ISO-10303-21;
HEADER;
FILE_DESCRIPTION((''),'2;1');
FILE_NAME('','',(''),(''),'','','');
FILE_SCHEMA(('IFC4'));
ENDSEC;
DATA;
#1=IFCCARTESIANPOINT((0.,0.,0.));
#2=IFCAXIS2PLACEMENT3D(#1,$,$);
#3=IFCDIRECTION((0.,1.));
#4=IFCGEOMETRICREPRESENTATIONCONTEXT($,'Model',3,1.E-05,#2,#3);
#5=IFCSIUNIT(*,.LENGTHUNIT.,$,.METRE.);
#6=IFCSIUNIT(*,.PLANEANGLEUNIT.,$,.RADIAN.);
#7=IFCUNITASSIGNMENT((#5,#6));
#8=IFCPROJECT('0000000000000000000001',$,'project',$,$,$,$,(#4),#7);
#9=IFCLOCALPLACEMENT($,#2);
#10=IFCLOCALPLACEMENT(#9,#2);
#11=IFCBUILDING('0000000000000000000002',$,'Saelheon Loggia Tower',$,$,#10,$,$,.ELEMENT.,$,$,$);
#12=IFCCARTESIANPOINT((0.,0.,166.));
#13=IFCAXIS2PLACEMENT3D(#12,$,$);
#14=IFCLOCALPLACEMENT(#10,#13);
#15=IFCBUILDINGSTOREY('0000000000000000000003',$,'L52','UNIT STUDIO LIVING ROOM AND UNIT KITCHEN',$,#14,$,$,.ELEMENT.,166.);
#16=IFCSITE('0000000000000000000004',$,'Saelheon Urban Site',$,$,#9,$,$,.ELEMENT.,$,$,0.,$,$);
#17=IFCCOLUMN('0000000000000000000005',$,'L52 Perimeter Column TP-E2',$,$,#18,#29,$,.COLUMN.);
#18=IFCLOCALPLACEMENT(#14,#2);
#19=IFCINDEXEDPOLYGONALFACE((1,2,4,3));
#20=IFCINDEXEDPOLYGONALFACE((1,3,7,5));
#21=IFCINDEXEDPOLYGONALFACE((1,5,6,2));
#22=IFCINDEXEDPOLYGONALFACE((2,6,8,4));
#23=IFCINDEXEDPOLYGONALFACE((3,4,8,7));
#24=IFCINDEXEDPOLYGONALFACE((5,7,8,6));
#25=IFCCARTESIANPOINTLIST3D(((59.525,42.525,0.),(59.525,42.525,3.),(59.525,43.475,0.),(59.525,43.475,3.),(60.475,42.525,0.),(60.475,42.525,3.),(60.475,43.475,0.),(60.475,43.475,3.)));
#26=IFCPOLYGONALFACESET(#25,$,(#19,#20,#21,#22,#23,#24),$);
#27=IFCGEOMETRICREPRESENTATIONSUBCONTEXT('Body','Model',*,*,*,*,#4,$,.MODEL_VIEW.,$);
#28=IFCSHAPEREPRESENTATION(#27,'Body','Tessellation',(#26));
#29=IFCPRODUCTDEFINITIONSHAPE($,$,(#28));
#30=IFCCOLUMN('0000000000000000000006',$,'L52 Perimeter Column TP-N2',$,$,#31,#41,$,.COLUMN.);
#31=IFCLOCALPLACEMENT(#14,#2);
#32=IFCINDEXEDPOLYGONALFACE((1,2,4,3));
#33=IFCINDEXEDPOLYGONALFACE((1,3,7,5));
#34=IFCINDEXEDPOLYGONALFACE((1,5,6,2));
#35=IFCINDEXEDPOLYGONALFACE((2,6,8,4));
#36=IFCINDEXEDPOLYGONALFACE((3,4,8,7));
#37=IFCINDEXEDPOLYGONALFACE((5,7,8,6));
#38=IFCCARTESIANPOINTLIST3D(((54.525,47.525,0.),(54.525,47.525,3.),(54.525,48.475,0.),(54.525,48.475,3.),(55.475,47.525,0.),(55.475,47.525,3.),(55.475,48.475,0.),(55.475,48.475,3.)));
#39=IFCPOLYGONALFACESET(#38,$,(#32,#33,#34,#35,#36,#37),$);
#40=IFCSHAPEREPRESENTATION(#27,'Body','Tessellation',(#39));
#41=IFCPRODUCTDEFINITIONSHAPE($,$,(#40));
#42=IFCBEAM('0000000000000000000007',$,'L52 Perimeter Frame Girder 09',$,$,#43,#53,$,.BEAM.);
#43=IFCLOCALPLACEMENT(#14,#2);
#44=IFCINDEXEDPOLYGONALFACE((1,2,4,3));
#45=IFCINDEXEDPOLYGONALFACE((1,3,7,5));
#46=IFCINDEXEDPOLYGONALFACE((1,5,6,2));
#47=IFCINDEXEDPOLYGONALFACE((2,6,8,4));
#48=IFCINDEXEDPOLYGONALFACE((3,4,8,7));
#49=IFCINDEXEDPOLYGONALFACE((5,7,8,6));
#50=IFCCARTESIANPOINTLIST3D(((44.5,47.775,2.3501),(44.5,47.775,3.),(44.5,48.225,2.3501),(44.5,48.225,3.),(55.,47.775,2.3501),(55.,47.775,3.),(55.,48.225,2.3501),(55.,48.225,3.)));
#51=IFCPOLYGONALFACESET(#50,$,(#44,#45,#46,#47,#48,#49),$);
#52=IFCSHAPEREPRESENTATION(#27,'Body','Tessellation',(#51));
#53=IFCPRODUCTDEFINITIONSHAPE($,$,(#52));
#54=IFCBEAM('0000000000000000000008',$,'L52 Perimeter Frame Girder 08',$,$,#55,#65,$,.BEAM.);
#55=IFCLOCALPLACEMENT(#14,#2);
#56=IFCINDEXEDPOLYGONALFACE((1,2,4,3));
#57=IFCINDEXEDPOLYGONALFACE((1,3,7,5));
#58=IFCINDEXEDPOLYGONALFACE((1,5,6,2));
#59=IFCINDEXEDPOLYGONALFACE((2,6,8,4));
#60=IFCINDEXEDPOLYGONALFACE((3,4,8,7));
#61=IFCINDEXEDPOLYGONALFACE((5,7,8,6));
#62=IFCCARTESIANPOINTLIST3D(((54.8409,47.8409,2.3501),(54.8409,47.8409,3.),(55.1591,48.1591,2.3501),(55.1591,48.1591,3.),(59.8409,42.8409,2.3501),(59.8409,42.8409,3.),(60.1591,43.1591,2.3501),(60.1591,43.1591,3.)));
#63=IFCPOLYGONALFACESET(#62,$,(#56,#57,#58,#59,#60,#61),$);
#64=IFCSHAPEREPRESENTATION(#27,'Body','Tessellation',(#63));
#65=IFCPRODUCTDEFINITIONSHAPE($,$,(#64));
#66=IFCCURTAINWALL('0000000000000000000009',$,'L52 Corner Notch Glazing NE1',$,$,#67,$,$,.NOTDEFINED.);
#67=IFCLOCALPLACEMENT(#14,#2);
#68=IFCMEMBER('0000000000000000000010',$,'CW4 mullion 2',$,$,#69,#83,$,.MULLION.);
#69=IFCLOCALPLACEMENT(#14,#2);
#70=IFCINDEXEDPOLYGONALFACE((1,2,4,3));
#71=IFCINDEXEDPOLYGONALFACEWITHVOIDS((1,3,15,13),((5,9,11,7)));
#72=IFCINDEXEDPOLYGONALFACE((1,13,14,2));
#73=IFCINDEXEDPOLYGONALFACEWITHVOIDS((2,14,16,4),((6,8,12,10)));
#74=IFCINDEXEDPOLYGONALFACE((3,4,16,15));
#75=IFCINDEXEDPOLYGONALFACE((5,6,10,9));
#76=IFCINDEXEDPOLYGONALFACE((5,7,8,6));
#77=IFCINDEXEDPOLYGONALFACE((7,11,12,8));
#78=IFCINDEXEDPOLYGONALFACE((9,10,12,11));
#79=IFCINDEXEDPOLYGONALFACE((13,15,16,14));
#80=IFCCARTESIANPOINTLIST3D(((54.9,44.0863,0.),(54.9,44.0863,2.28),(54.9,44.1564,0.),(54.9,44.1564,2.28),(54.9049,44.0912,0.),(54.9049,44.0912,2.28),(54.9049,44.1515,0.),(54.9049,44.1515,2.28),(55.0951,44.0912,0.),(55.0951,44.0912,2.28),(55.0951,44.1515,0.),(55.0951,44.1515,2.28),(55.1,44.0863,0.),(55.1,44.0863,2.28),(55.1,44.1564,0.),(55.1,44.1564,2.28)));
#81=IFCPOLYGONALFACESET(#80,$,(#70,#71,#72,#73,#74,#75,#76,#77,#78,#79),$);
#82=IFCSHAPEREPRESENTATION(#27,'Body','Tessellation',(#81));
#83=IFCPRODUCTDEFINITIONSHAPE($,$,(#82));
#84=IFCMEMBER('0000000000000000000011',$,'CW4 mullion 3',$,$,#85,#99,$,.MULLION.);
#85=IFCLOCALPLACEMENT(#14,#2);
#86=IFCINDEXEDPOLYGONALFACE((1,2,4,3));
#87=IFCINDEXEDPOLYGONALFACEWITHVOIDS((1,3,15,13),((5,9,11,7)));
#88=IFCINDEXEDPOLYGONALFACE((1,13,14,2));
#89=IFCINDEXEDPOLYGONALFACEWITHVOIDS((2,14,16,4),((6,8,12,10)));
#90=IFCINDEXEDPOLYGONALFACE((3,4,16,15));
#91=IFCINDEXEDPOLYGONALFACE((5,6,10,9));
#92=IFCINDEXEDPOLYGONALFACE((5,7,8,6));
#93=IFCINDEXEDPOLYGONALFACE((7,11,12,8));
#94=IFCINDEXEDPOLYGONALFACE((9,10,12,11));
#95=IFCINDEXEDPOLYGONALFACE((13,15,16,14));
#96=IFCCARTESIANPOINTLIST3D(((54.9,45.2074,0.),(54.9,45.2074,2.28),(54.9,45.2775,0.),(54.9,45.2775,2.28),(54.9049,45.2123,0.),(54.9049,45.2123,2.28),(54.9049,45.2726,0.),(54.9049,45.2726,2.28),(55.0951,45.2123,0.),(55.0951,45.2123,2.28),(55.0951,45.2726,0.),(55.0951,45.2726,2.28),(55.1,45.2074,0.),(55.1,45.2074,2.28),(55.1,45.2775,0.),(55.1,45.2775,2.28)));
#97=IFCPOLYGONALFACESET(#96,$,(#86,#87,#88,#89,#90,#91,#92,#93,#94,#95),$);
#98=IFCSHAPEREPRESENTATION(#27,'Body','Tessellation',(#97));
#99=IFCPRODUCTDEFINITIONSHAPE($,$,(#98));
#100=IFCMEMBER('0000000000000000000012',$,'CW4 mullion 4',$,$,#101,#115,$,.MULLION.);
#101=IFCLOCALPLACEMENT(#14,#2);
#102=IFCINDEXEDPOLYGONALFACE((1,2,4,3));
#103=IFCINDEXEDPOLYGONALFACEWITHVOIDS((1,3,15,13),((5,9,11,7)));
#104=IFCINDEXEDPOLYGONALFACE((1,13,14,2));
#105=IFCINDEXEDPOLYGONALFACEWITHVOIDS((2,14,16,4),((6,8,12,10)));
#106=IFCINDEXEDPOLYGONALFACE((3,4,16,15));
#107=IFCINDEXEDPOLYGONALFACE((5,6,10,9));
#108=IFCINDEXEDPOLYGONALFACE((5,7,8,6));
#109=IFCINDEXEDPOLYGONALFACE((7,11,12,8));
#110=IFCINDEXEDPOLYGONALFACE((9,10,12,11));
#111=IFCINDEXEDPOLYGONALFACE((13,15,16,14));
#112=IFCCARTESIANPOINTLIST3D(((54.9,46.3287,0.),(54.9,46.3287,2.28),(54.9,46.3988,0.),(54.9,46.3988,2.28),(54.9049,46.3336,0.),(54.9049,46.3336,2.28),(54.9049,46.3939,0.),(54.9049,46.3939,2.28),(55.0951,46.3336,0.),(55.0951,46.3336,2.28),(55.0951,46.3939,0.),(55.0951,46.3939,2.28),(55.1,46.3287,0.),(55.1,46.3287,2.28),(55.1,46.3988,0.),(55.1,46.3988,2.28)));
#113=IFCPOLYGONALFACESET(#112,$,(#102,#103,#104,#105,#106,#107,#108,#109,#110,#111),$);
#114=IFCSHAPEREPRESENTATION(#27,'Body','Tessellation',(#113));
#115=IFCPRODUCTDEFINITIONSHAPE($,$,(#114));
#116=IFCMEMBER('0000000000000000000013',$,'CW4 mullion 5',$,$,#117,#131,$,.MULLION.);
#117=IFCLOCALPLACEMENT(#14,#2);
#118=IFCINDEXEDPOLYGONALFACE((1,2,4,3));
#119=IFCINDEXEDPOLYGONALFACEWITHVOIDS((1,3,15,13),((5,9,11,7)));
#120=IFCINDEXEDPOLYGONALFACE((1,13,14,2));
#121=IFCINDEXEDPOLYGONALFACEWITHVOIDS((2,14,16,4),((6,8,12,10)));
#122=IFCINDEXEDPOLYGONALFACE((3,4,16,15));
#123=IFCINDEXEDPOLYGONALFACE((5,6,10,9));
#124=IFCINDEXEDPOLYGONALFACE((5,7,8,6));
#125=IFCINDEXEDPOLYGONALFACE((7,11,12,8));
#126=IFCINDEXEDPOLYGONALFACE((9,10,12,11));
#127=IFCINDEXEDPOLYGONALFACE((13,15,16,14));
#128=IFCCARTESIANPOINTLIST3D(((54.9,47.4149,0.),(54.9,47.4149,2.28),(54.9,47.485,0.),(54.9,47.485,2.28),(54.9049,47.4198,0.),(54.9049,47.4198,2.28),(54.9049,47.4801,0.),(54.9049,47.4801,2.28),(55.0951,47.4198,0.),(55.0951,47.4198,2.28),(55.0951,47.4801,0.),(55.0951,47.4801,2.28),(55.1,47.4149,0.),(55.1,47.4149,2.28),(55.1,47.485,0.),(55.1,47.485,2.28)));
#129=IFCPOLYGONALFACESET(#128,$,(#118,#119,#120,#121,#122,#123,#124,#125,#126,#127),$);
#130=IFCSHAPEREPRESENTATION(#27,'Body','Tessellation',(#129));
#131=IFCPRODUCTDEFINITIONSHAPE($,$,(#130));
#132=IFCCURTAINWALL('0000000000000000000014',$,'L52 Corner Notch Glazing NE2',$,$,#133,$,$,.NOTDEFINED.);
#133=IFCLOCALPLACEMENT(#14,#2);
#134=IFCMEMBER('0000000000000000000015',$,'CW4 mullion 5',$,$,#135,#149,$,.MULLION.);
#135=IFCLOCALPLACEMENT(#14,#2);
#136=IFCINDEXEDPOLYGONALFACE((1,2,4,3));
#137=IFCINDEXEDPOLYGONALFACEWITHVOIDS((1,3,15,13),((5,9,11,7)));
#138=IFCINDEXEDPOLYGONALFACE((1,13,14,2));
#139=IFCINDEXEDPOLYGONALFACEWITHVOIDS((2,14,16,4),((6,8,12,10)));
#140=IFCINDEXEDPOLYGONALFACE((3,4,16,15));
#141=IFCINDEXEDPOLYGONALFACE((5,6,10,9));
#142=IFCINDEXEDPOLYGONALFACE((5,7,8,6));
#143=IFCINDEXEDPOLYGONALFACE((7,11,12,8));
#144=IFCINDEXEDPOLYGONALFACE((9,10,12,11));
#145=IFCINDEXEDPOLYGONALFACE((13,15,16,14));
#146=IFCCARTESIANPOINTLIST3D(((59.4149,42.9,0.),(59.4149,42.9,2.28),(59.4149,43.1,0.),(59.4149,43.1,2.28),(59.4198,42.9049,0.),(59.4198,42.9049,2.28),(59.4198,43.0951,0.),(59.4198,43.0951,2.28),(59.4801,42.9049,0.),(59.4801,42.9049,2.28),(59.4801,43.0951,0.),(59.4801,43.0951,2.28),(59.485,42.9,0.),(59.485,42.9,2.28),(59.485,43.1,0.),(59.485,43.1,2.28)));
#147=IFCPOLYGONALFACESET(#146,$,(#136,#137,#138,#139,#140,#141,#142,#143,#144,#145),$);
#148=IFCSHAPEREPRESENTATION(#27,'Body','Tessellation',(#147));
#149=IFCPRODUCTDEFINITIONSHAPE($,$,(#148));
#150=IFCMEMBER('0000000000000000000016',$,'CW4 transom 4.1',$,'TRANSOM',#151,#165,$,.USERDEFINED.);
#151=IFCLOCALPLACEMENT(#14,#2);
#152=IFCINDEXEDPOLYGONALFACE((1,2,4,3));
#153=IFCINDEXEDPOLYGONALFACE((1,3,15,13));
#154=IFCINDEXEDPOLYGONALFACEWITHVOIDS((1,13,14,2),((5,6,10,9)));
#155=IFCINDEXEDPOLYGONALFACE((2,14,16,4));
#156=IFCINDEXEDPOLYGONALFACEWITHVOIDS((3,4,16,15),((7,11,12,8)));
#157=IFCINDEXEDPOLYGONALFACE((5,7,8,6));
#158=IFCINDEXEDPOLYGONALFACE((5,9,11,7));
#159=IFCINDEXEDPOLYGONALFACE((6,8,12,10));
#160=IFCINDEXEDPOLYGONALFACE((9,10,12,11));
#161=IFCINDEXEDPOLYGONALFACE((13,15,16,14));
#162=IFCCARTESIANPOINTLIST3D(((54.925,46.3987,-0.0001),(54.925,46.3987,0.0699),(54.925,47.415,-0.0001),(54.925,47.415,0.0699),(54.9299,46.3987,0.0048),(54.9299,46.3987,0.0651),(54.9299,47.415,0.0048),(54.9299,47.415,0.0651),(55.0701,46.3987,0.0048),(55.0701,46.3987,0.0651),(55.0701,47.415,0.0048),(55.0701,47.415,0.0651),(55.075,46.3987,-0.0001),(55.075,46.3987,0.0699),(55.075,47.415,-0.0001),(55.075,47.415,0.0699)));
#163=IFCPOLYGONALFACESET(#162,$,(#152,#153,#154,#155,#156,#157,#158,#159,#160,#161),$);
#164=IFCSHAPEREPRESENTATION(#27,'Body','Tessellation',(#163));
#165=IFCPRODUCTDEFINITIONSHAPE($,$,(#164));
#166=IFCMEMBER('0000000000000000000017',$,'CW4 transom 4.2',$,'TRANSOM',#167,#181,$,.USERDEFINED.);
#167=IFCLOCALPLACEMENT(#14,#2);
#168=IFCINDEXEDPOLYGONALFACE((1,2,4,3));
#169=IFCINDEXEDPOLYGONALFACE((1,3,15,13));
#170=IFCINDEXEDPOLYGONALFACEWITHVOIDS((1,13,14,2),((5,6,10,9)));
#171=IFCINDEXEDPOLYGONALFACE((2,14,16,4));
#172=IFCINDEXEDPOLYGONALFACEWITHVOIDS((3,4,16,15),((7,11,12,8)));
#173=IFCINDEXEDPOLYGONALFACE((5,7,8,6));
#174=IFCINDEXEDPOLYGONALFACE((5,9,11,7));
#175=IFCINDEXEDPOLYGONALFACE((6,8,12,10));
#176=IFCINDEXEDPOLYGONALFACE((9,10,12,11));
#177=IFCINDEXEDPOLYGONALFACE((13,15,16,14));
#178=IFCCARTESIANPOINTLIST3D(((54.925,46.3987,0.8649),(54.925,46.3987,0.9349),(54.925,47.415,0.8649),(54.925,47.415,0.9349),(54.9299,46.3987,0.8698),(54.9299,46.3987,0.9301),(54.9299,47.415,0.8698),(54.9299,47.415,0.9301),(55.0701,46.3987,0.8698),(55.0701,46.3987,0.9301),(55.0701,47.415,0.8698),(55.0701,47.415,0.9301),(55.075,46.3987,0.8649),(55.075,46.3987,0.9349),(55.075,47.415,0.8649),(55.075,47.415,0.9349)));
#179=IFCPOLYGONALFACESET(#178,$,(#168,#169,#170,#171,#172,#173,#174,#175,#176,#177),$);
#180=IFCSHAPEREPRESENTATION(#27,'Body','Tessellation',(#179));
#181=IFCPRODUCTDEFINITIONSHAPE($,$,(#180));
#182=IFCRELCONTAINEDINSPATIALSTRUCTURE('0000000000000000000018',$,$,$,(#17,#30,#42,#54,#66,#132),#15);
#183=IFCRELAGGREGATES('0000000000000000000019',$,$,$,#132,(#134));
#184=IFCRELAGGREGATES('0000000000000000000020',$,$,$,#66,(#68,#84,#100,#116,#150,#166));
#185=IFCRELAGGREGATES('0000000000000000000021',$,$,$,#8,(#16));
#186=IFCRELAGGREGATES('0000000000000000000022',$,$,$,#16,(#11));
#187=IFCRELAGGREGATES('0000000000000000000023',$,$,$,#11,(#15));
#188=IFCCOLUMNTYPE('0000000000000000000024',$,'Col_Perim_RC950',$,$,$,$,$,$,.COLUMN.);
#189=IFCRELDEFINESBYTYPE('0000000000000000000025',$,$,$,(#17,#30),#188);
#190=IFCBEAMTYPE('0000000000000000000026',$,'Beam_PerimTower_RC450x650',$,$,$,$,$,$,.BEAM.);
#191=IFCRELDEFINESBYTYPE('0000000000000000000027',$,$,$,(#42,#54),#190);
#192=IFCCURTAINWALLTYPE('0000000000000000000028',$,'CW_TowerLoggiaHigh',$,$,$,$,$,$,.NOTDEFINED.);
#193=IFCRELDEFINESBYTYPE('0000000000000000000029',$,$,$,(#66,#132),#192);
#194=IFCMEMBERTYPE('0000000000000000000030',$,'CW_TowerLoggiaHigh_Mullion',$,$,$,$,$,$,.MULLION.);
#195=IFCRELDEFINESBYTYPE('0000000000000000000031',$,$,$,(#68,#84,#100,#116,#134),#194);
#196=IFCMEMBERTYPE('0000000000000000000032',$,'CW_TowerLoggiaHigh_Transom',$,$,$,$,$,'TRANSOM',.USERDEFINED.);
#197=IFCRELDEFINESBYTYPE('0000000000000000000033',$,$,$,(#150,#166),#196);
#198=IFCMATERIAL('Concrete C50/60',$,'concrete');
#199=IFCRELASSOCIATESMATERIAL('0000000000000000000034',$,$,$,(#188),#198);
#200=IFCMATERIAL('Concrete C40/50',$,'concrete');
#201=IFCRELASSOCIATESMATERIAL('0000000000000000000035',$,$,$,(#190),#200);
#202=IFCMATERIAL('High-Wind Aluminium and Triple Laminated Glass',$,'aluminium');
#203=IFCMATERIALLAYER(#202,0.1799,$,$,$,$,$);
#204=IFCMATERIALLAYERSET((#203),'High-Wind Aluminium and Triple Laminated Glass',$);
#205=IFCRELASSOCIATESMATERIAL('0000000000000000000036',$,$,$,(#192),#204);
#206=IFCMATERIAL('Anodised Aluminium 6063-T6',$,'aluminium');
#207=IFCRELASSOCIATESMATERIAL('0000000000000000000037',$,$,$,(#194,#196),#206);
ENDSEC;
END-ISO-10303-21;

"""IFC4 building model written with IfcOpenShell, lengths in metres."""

from ifc_helpers import new_model, si_unit, direction, frame, origin, origin_2d, place, context, subcontext, project, spatial, rectangle, hollow_rectangle, extrude, source, transform, mapped, material, layer, layer_set, material_profile, profile_set, type_object, element, aggregate, save


model = new_model("IFC4")

# Units and contexts
model_context = context("Model", 3, precision=1e-05, world=origin(), true_north=direction((0.0, 1.0)))
body_context = subcontext(model_context, "Body", "Model", "MODEL_VIEW")
ifc_project = project(units=[si_unit("LENGTHUNIT", "METRE"), si_unit("PLANEANGLEUNIT", "RADIAN")], contexts=[model_context])

# Site, building, storey
site_placement = place(None, origin())
site = spatial("IfcSite", under=ifc_project, at=site_placement, Name="Saelheon Urban Site", CompositionType="ELEMENT", RefElevation=0.0)
building_placement = place(site_placement, origin())
building = spatial("IfcBuilding", under=site, at=building_placement, Name="Saelheon Loggia Tower", CompositionType="ELEMENT")
storey_placement = place(building_placement, frame((0.0, 0.0, 166.0)))
storey = spatial("IfcBuildingStorey", under=building, at=storey_placement, Name="L52", Description="UNIT STUDIO LIVING ROOM AND UNIT KITCHEN", CompositionType="ELEMENT", Elevation=166.0)

# Columns
ifc_material_1 = material(Name="Concrete C50/60", Category="concrete")
ifc_material_profile_1 = material_profile(ifc_material_1, rectangle(XDim=0.95, YDim=0.95, at=origin_2d()), Name="RC-950x950")
ifc_profile_set_1 = profile_set([ifc_material_profile_1], Name="Concrete C50/60")
column_type = type_object("IfcColumnType", Name="Col_Perim_RC950", PredefinedType="COLUMN", material=ifc_profile_set_1)
shared_shape_1 = source(origin(), body_context, "Body", "SweptSolid", [
    extrude(rectangle(XDim=0.95, YDim=0.95, at=origin_2d()), origin(), (0.0, 0.0, 1.0), 3.0),
])
for number, where, z_axis, x_axis, name in (
    (1, (60.0, 43.0, 0.0), (0.0, 0.0, 1.0), (1.0, 0.0, 0.0), "L52 Perimeter Column TP-E2"),
    (2, (55.0, 48.0, 0.0), (0.0, 0.0, 1.0), (1.0, 0.0, 0.0), "L52 Perimeter Column TP-N2"),
):
    element("IfcColumn", number, at=place(storey_placement, frame(where, z_axis=z_axis, x_axis=x_axis)), inside=storey, type_object=column_type, Name=name, PredefinedType="COLUMN", context=body_context, shape_type="MappedRepresentation", body=[
        mapped(shared_shape_1, transform((0.0, 0.0, 0.0), scale=1.0)),
    ])

# Beams
ifc_material_2 = material(Name="Concrete C40/50", Category="concrete")
ifc_material_profile_2 = material_profile(ifc_material_2, rectangle(XDim=0.45, YDim=0.6499, at=origin_2d()), Name="RC-450x650")
ifc_profile_set_2 = profile_set([ifc_material_profile_2], Name="Concrete C40/50")
beam_type = type_object("IfcBeamType", Name="Beam_PerimTower_RC450x650", PredefinedType="BEAM", material=ifc_profile_set_2)
shared_shape_2 = source(origin(), body_context, "Body", "SweptSolid", [
    extrude(rectangle(XDim=0.45, YDim=0.6499, at=origin_2d()), origin(), (0.0, 0.0, 1.0), 10.5),
])
beam_1_placement = place(storey_placement, frame((55.0, 48.0, 2.675), z_axis=(-1.0, 0.0, 0.0), x_axis=(0.0, -1.0, 0.0)))
element("IfcBeam", 3, at=beam_1_placement, inside=storey, type_object=beam_type, Name="L52 Perimeter Frame Girder 09", PredefinedType="BEAM", context=body_context, shape_type="MappedRepresentation", body=[
    mapped(shared_shape_2, transform((0.0, 0.0, 0.0), scale=1.0)),
])
shared_shape_3 = source(origin(), body_context, "Body", "SweptSolid", [
    extrude(rectangle(XDim=0.45, YDim=0.6499, at=origin_2d()), origin(), (0.0, 0.0, 1.0), 7.071),
])
beam_2_placement = place(storey_placement, frame((60.0, 43.0, 2.675), z_axis=(-0.707107, 0.707107, 0.0), x_axis=(-0.707107, -0.707107, 0.0)))
element("IfcBeam", 4, at=beam_2_placement, inside=storey, type_object=beam_type, Name="L52 Perimeter Frame Girder 08", PredefinedType="BEAM", context=body_context, shape_type="MappedRepresentation", body=[
    mapped(shared_shape_3, transform((0.0, 0.0, 0.0), scale=1.0)),
])

# Curtain wall, members
ifc_material_3 = material(Name="High-Wind Aluminium and Triple Laminated Glass", Category="aluminium")
ifc_layer_1 = layer(ifc_material_3, 0.1799)
ifc_layer_set_1 = layer_set([ifc_layer_1], Name="High-Wind Aluminium and Triple Laminated Glass")
curtain_wall_type = type_object("IfcCurtainWallType", Name="CW_TowerLoggiaHigh", PredefinedType="NOTDEFINED", material=ifc_layer_set_1)
curtain_wall_1_placement = place(storey_placement, origin())
curtain_wall_1 = element("IfcCurtainWall", 5, at=curtain_wall_1_placement, inside=storey, type_object=curtain_wall_type, Name="L52 Corner Notch Glazing NE1", PredefinedType="NOTDEFINED")
ifc_material_4 = material(Name="Anodised Aluminium 6063-T6", Category="aluminium")
ifc_material_profile_3 = material_profile(ifc_material_4, hollow_rectangle(XDim=0.0701, YDim=0.2, WallThickness=0.0049, at=origin_2d()), Name="RHS-200x70x5")
ifc_profile_set_3 = profile_set([ifc_material_profile_3], Name="Anodised Aluminium 6063-T6")
member_type_1 = type_object("IfcMemberType", Name="CW_TowerLoggiaHigh_Mullion", PredefinedType="MULLION", material=ifc_profile_set_3)
shared_shape_4 = source(origin(), body_context, "Body", "SweptSolid", [
    extrude(hollow_rectangle(XDim=0.0701, YDim=0.2, WallThickness=0.0049, at=origin_2d()), origin(), (0.0, 0.0, 1.0), 2.28),
])
member_1_placement = place(storey_placement, frame((55.0, 44.1213, 0.0), z_axis=(0.0, 0.0, 1.0), x_axis=(0.0, 1.0, 0.0)))
member_1 = element("IfcMember", 6, at=member_1_placement, type_object=member_type_1, Name="CW4 mullion 2", PredefinedType="MULLION", context=body_context, shape_type="MappedRepresentation", body=[
    mapped(shared_shape_4, transform((0.0, 0.0, 0.0), scale=1.0)),
])
member_2_placement = place(storey_placement, frame((55.0, 45.2424, 0.0), z_axis=(0.0, 0.0, 1.0), x_axis=(0.0, 1.0, 0.0)))
member_2 = element("IfcMember", 7, at=member_2_placement, type_object=member_type_1, Name="CW4 mullion 3", PredefinedType="MULLION", context=body_context, shape_type="MappedRepresentation", body=[
    mapped(shared_shape_4, transform((0.0, 0.0, 0.0), scale=1.0)),
])
member_3_placement = place(storey_placement, frame((55.0, 46.3638, 0.0), z_axis=(0.0, 0.0, 1.0), x_axis=(0.0, 1.0, 0.0)))
member_3 = element("IfcMember", 8, at=member_3_placement, type_object=member_type_1, Name="CW4 mullion 4", PredefinedType="MULLION", context=body_context, shape_type="MappedRepresentation", body=[
    mapped(shared_shape_4, transform((0.0, 0.0, 0.0), scale=1.0)),
])
member_4_placement = place(storey_placement, frame((55.0, 47.45, 0.0), z_axis=(0.0, 0.0, 1.0), x_axis=(0.0, 1.0, 0.0)))
member_4 = element("IfcMember", 9, at=member_4_placement, type_object=member_type_1, Name="CW4 mullion 5", PredefinedType="MULLION", context=body_context, shape_type="MappedRepresentation", body=[
    mapped(shared_shape_4, transform((0.0, 0.0, 0.0), scale=1.0)),
])

# Curtain wall, member
curtain_wall_2_placement = place(storey_placement, origin())
curtain_wall_2 = element("IfcCurtainWall", 10, at=curtain_wall_2_placement, inside=storey, type_object=curtain_wall_type, Name="L52 Corner Notch Glazing NE2", PredefinedType="NOTDEFINED")
member_5_placement = place(storey_placement, frame((59.45, 43.0, 0.0), z_axis=(0.0, 0.0, 1.0), x_axis=(1.0, 0.0, 0.0)))
member_5 = element("IfcMember", 11, at=member_5_placement, type_object=member_type_1, Name="CW4 mullion 5", PredefinedType="MULLION", context=body_context, shape_type="MappedRepresentation", body=[
    mapped(shared_shape_4, transform((0.0, 0.0, 0.0), scale=1.0)),
])
aggregate(curtain_wall_2, [member_5])

# Members
ifc_material_profile_4 = material_profile(ifc_material_4, hollow_rectangle(XDim=0.0701, YDim=0.1499, WallThickness=0.0049, at=origin_2d()), Name="RHS-150x70x5")
ifc_profile_set_4 = profile_set([ifc_material_profile_4], Name="Anodised Aluminium 6063-T6")
member_type_2 = type_object("IfcMemberType", Name="CW_TowerLoggiaHigh_Transom", ElementType="TRANSOM", PredefinedType="USERDEFINED", material=ifc_profile_set_4)
shared_shape_5 = source(origin(), body_context, "Body", "SweptSolid", [
    extrude(hollow_rectangle(XDim=0.0701, YDim=0.1499, WallThickness=0.0049, at=origin_2d()), origin(), (0.0, 0.0, 1.0), 1.0164),
])
member_6_placement = place(storey_placement, frame((55.0, 46.3987, 0.0349), z_axis=(0.0, 1.0, 0.0), x_axis=(0.0, 0.0, 1.0)))
member_6 = element("IfcMember", 12, at=member_6_placement, type_object=member_type_2, Name="CW4 transom 4.1", ObjectType="TRANSOM", PredefinedType="USERDEFINED", context=body_context, shape_type="MappedRepresentation", body=[
    mapped(shared_shape_5, transform((0.0, 0.0, 0.0), scale=1.0)),
])
member_7_placement = place(storey_placement, frame((55.0, 46.3987, 0.8999), z_axis=(0.0, 1.0, 0.0), x_axis=(0.0, 0.0, 1.0)))
member_7 = element("IfcMember", 13, at=member_7_placement, type_object=member_type_2, Name="CW4 transom 4.2", ObjectType="TRANSOM", PredefinedType="USERDEFINED", context=body_context, shape_type="MappedRepresentation", body=[
    mapped(shared_shape_5, transform((0.0, 0.0, 0.0), scale=1.0)),
])

aggregate(curtain_wall_1, [member_1, member_2, member_3, member_4, member_6, member_7])

save(model, "model.ifc")
